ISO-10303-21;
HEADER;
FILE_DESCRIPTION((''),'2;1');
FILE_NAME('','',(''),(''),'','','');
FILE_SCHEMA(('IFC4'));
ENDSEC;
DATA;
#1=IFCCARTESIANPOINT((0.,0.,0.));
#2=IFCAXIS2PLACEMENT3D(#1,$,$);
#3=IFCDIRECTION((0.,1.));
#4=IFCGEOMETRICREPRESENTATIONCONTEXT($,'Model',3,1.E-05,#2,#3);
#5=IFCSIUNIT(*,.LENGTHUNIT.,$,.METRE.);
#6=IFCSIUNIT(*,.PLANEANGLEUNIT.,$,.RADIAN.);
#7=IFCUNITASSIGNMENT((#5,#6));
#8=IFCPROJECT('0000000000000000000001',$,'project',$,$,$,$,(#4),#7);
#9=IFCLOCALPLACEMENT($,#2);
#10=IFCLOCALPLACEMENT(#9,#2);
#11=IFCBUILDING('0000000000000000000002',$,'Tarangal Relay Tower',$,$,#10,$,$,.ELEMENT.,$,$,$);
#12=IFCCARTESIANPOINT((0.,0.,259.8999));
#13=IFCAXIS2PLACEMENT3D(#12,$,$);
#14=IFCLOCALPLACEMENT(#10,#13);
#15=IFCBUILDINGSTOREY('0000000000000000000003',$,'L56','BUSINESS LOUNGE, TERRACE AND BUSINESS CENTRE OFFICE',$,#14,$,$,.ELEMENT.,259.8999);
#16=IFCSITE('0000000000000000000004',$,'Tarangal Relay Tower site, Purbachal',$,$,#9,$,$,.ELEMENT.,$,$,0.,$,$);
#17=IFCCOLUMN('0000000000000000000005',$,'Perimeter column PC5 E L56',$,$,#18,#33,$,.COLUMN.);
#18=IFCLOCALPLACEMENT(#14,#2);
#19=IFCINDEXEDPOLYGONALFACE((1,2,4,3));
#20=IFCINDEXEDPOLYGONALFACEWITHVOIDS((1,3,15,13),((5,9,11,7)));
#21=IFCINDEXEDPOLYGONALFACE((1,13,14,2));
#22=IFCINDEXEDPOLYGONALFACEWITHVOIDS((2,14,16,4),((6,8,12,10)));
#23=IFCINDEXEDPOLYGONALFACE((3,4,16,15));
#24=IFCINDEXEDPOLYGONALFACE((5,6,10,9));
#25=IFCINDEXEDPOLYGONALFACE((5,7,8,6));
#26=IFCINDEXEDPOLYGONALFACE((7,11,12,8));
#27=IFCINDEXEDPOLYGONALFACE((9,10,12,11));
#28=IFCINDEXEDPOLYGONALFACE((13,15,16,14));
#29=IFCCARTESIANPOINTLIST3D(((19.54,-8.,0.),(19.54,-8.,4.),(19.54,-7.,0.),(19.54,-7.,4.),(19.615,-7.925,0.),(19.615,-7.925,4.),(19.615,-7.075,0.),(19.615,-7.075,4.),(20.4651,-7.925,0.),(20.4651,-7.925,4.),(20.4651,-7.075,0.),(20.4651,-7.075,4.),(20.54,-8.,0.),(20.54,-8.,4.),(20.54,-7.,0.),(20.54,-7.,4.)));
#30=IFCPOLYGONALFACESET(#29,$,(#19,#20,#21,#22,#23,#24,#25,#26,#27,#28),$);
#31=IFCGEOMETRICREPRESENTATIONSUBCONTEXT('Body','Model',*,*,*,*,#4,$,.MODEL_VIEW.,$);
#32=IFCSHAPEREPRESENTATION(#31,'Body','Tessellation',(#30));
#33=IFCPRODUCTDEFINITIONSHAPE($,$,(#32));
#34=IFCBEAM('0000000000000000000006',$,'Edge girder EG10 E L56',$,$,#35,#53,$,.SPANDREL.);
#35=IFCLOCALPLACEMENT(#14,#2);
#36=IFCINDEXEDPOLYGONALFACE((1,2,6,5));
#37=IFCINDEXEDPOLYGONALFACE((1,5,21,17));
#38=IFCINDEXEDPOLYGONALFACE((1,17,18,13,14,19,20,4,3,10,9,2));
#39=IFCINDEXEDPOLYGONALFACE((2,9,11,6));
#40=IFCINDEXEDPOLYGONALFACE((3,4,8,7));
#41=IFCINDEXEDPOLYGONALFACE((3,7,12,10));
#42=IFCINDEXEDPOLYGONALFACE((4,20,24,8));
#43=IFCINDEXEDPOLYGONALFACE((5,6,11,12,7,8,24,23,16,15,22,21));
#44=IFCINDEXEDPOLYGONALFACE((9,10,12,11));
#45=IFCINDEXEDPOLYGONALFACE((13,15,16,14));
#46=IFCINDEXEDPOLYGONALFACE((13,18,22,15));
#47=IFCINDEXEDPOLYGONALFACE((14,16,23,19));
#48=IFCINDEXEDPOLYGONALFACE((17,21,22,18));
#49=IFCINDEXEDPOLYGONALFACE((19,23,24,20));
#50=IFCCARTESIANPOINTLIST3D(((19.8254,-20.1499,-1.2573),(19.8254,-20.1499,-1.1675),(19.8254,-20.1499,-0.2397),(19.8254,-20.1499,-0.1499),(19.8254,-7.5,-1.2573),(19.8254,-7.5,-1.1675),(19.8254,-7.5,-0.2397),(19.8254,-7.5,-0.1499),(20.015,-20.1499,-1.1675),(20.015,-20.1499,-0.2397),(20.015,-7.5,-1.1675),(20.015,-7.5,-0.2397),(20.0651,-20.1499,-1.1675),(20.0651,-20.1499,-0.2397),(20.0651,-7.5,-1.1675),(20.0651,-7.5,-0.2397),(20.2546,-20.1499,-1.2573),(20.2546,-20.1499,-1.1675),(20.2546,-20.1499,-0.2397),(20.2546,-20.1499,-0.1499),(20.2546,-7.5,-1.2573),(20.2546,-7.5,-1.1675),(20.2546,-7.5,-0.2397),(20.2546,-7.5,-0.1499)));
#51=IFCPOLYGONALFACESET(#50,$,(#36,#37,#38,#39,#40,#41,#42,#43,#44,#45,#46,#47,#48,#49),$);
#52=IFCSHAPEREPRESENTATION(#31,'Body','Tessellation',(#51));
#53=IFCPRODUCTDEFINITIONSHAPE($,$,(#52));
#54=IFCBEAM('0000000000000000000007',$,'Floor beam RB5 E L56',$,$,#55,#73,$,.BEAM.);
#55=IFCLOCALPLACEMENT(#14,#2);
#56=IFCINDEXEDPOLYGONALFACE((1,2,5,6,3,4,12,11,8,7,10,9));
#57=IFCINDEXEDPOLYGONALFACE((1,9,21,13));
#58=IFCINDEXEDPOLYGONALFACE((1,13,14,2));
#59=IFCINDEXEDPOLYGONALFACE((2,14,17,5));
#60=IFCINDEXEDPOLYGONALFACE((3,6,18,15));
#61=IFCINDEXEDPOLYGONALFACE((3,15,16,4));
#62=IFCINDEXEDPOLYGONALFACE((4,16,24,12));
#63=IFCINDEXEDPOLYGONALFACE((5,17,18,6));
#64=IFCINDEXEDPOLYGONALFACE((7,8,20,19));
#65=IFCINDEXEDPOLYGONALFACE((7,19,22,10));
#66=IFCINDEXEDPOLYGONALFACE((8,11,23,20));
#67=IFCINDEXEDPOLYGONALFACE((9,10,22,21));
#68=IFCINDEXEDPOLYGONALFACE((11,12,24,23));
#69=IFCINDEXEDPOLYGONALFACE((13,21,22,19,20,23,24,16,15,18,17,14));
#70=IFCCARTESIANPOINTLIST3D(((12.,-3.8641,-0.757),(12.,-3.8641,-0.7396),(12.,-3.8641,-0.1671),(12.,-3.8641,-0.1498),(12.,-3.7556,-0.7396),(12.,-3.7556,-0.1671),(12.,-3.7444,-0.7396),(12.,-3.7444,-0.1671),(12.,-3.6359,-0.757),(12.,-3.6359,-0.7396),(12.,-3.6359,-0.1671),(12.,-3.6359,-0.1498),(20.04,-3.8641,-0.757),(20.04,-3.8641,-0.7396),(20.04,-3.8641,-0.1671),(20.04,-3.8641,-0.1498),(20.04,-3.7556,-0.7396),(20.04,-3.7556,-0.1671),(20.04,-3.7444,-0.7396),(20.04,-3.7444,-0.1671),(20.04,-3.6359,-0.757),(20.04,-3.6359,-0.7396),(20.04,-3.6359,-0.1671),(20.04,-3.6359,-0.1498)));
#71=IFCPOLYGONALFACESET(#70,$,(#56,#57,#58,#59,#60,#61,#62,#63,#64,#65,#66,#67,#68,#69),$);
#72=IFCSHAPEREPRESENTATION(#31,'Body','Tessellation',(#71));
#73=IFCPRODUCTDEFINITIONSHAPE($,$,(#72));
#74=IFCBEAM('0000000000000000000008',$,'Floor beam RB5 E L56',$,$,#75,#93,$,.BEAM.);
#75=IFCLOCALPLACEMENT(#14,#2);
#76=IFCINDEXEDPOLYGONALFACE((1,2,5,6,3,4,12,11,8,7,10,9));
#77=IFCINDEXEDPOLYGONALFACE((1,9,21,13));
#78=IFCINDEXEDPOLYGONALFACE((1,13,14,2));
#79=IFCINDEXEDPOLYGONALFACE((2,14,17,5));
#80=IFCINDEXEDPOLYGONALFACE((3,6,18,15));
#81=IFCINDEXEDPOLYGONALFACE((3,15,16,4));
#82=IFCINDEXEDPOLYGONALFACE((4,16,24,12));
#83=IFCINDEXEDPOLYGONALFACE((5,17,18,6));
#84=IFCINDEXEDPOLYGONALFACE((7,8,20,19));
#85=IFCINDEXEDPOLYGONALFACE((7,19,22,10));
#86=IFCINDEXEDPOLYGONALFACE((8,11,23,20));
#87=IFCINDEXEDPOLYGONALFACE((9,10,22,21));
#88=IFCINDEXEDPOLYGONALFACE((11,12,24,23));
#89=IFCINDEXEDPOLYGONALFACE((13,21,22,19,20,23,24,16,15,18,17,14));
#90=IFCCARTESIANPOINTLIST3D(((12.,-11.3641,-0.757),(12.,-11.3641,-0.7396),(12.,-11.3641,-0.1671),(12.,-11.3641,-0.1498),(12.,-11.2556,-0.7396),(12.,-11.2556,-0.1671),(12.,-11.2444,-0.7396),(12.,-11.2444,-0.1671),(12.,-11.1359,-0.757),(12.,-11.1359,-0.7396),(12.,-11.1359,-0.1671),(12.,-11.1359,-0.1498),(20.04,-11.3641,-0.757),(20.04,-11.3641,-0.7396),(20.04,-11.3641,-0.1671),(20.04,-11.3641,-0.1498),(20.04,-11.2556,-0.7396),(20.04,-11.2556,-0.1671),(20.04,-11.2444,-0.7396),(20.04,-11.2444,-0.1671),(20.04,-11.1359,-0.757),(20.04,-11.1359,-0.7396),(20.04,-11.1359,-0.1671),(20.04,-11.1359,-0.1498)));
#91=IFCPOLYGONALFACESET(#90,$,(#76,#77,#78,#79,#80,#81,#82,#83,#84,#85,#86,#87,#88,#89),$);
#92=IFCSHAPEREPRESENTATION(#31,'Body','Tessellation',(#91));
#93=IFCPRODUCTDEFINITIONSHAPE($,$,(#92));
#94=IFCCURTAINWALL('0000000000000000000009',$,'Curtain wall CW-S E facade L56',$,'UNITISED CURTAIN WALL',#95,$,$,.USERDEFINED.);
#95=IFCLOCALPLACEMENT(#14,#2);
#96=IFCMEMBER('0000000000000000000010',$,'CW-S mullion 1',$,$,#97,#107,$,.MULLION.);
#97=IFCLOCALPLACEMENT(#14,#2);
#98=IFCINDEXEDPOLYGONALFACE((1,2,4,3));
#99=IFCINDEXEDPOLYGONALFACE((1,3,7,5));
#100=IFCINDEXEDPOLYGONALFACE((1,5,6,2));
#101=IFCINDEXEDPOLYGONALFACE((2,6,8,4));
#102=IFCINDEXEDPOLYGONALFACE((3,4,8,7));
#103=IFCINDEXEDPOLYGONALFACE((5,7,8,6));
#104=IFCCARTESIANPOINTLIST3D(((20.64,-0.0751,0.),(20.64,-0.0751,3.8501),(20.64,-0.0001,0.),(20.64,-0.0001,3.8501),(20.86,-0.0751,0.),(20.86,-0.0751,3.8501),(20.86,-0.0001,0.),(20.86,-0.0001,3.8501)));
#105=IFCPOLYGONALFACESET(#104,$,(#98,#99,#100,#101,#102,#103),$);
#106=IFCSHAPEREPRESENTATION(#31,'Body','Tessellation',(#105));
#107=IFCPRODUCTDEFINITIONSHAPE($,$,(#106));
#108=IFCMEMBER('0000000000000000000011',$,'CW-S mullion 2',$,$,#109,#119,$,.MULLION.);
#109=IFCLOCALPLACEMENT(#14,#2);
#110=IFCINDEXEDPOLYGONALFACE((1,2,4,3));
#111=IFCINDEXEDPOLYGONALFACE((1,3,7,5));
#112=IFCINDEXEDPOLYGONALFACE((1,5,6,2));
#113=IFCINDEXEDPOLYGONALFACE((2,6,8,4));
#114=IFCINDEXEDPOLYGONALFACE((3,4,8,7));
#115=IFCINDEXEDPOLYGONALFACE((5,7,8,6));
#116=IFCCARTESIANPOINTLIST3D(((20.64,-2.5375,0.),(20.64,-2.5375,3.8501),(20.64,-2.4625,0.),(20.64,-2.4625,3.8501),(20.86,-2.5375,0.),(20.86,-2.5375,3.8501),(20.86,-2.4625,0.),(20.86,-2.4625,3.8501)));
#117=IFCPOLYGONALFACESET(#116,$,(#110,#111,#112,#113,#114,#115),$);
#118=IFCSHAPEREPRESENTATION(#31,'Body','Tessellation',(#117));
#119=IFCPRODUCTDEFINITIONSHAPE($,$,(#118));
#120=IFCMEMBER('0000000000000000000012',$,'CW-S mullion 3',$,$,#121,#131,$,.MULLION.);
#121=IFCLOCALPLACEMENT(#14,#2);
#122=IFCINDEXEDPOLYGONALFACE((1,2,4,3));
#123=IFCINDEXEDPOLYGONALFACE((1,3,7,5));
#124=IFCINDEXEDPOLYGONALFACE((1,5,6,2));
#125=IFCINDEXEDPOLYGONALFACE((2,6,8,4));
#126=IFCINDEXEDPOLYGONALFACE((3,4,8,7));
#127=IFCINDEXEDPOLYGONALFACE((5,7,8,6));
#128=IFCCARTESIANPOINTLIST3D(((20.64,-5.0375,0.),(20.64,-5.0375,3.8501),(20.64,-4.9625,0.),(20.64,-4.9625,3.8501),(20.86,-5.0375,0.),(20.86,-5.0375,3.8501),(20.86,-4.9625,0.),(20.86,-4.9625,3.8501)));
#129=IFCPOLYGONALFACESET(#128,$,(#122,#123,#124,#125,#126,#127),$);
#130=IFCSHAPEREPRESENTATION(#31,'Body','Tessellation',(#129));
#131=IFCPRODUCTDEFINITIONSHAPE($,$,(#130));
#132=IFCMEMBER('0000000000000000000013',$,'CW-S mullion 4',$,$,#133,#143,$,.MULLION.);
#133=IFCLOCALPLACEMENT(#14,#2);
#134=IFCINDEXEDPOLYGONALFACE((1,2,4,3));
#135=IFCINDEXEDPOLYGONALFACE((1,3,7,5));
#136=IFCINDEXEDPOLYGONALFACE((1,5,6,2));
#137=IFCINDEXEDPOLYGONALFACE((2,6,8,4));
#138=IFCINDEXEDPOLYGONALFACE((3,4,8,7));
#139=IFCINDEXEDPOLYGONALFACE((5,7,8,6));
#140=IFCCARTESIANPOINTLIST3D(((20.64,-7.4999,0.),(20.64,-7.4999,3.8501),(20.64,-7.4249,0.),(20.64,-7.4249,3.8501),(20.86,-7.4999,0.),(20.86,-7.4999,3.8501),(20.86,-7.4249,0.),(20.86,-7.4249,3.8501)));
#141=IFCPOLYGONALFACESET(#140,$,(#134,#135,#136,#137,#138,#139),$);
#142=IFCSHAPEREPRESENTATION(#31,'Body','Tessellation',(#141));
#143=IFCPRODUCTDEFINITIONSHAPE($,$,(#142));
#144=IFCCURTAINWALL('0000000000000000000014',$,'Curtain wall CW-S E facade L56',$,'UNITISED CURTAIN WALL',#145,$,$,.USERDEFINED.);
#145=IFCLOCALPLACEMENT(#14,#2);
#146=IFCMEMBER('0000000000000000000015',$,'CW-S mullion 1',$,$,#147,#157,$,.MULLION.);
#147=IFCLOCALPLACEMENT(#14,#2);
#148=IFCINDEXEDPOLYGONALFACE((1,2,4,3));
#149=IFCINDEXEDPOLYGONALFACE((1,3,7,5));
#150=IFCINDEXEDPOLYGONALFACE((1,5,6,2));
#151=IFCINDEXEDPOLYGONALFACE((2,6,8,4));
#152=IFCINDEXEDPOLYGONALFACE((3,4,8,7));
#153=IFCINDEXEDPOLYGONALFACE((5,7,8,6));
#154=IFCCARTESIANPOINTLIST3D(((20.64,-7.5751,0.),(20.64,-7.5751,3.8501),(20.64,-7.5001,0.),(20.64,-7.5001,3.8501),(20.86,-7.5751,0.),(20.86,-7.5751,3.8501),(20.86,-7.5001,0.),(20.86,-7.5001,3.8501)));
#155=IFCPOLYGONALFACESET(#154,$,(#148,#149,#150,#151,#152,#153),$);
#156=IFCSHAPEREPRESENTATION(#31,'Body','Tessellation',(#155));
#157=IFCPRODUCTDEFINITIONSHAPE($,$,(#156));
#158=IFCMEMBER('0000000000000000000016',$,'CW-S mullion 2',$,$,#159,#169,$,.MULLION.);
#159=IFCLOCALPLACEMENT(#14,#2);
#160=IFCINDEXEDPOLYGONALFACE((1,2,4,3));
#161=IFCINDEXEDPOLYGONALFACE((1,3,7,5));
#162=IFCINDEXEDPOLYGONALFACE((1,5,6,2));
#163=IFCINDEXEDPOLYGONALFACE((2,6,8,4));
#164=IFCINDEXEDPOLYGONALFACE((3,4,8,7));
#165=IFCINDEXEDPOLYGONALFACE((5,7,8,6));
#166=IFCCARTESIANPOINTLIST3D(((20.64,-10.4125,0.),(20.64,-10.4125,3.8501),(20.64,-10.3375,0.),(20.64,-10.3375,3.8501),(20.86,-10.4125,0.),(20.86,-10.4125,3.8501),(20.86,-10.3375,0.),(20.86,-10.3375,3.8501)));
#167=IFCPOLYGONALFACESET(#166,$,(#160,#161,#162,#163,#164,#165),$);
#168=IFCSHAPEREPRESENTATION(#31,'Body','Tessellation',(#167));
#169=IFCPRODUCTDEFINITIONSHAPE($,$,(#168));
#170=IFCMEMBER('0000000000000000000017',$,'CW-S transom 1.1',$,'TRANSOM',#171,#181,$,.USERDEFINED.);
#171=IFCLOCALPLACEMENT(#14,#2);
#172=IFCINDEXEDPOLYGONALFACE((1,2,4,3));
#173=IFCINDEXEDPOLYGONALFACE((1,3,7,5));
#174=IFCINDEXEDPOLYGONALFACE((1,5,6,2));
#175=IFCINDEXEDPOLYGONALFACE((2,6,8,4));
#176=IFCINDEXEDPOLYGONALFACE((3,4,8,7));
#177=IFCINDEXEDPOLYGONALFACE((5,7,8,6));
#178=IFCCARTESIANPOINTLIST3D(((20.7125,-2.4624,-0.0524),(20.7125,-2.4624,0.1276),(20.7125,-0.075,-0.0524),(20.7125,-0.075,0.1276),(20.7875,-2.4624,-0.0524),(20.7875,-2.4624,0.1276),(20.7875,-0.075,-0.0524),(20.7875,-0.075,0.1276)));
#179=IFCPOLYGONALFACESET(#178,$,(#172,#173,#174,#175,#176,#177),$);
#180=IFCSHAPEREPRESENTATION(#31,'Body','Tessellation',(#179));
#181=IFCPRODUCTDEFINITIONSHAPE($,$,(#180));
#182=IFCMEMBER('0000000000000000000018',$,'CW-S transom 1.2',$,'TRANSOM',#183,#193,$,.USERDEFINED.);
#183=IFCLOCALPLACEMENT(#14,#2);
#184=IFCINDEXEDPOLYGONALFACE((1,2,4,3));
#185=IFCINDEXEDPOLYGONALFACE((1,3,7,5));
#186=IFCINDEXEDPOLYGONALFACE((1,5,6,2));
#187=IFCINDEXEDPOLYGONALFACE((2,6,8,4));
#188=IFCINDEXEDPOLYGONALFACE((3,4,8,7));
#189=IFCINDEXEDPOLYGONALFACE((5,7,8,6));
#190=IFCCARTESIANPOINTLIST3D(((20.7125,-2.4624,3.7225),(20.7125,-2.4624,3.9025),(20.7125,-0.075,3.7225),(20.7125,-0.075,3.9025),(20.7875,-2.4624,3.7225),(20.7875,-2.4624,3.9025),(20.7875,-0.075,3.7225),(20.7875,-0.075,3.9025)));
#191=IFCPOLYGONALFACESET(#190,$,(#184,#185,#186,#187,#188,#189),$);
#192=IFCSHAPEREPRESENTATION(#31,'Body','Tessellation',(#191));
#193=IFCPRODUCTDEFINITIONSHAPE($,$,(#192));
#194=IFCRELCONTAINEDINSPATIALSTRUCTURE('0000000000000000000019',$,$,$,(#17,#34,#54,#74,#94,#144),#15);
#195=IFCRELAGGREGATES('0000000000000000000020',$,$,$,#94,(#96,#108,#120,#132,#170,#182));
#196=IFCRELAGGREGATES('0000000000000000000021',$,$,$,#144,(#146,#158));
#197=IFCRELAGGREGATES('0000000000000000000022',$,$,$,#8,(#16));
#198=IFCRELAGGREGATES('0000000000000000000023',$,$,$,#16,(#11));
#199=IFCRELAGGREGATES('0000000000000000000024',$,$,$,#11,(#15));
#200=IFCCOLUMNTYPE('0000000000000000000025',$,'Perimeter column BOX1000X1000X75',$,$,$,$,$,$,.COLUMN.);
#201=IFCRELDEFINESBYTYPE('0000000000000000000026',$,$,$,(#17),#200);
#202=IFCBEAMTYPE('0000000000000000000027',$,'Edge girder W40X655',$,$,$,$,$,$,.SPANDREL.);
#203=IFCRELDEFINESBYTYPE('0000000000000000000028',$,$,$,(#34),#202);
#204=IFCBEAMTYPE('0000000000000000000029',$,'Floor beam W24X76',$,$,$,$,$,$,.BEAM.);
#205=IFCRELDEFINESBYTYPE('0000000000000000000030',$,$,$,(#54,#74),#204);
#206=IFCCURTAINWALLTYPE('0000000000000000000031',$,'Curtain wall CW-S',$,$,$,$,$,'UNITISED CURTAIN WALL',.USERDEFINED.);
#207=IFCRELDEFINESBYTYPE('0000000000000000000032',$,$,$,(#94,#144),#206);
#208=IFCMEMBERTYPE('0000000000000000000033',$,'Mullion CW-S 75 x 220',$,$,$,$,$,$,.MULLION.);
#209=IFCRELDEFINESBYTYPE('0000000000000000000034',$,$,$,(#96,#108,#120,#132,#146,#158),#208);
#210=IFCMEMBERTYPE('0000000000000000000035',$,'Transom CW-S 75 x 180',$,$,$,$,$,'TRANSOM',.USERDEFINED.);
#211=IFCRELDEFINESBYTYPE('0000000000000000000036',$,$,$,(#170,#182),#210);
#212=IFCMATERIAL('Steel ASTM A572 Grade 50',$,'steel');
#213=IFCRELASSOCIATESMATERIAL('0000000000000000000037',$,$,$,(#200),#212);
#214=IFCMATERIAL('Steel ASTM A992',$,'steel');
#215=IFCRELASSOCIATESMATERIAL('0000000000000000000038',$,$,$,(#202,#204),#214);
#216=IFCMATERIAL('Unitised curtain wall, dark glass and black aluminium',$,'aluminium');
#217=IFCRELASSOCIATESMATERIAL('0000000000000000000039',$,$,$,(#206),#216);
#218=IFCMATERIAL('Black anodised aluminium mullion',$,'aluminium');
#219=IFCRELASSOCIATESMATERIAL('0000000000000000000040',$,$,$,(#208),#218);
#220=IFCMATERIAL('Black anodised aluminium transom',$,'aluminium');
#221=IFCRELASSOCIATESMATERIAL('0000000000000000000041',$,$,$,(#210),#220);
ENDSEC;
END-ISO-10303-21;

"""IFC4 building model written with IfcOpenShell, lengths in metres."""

from ifc_helpers import new_model, si_unit, direction, frame, origin, origin_2d, place, context, subcontext, project, spatial, rectangle, hollow_rectangle, i_section, extrude, material, material_profile, profile_set, type_object, element, aggregate, save


model = new_model("IFC4")

# Units and contexts
model_context = context("Model", 3, precision=1e-05, world=origin(), true_north=direction((0.0, 1.0)))
body_context = subcontext(model_context, "Body", "Model", "MODEL_VIEW")
ifc_project = project(units=[si_unit("LENGTHUNIT", "METRE"), si_unit("PLANEANGLEUNIT", "RADIAN")], contexts=[model_context])

# Site, building, storey
site_placement = place(None, origin())
site = spatial("IfcSite", under=ifc_project, at=site_placement, Name="Tarangal Relay Tower site, Purbachal", CompositionType="ELEMENT", RefElevation=0.0)
building_placement = place(site_placement, origin())
building = spatial("IfcBuilding", under=site, at=building_placement, Name="Tarangal Relay Tower", CompositionType="ELEMENT")
storey_placement = place(building_placement, frame((0.0, 0.0, 259.8999)))
storey = spatial("IfcBuildingStorey", under=building, at=storey_placement, Name="L56", Description="BUSINESS LOUNGE, TERRACE AND BUSINESS CENTRE OFFICE", CompositionType="ELEMENT", Elevation=259.8999)

# Column
ifc_material_1 = material(Name="Steel ASTM A572 Grade 50", Category="steel")
ifc_material_profile_1 = material_profile(ifc_material_1, hollow_rectangle(XDim=1.0, YDim=1.0, WallThickness=0.075, at=origin_2d()), Name="BOX1000X1000X75")
ifc_profile_set_1 = profile_set([ifc_material_profile_1], Name="Steel ASTM A572 Grade 50")
column_type = type_object("IfcColumnType", Name="Perimeter column BOX1000X1000X75", PredefinedType="COLUMN", material=ifc_profile_set_1)
column_placement = place(storey_placement, frame((20.04, -7.5, 0.0), z_axis=(0.0, 0.0, 1.0), x_axis=(1.0, 0.0, 0.0)))
element("IfcColumn", 1, at=column_placement, inside=storey, type_object=column_type, Name="Perimeter column PC5 E L56", PredefinedType="COLUMN", context=body_context, shape_type="SweptSolid", body=[
    extrude(hollow_rectangle(XDim=1.0, YDim=1.0, WallThickness=0.075, at=origin_2d()), origin(), (0.0, 0.0, 1.0), 4.0),
])

# Beams
ifc_material_2 = material(Name="Steel ASTM A992", Category="steel")
ifc_material_profile_2 = material_profile(ifc_material_2, i_section(OverallWidth=0.4292, OverallDepth=1.1074, WebThickness=0.05, FlangeThickness=0.0898, at=origin_2d()), Name="W40X655")
ifc_profile_set_2 = profile_set([ifc_material_profile_2], Name="Steel ASTM A992")
beam_type_1 = type_object("IfcBeamType", Name="Edge girder W40X655", PredefinedType="SPANDREL", material=ifc_profile_set_2)
beam_placement = place(storey_placement, frame((20.04, -7.5, -0.7036), z_axis=(0.0, -1.0, 0.0), x_axis=(1.0, 0.0, 0.0)))
element("IfcBeam", 2, at=beam_placement, inside=storey, type_object=beam_type_1, Name="Edge girder EG10 E L56", PredefinedType="SPANDREL", context=body_context, shape_type="SweptSolid", body=[
    extrude(i_section(OverallWidth=0.4292, OverallDepth=1.1074, WebThickness=0.05, FlangeThickness=0.0898, at=origin_2d()), origin(), (0.0, 0.0, 1.0), 12.6499),
])
ifc_material_profile_3 = material_profile(ifc_material_2, i_section(OverallWidth=0.2283, OverallDepth=0.6072, WebThickness=0.0112, FlangeThickness=0.0173, at=origin_2d()), Name="W24X76")
ifc_profile_set_3 = profile_set([ifc_material_profile_3], Name="Steel ASTM A992")
beam_type_2 = type_object("IfcBeamType", Name="Floor beam W24X76", PredefinedType="BEAM", material=ifc_profile_set_3)
for number, where, z_axis, x_axis, name in (
    (3, (12.0, -3.75, -0.4534), (1.0, 0.0, 0.0), (0.0, 1.0, 0.0), "Floor beam RB5 E L56"),
    (4, (12.0, -11.25, -0.4534), (1.0, 0.0, 0.0), (0.0, 1.0, 0.0), "Floor beam RB5 E L56"),
):
    element("IfcBeam", number, at=place(storey_placement, frame(where, z_axis=z_axis, x_axis=x_axis)), inside=storey, type_object=beam_type_2, Name=name, PredefinedType="BEAM", context=body_context, shape_type="SweptSolid", body=[
        extrude(i_section(OverallWidth=0.2283, OverallDepth=0.6072, WebThickness=0.0112, FlangeThickness=0.0173, at=origin_2d()), origin(), (0.0, 0.0, 1.0), 8.04),
    ])

# Curtain walls, members
ifc_material_3 = material(Name="Unitised curtain wall, dark glass and black aluminium", Category="aluminium")
curtain_wall_type = type_object("IfcCurtainWallType", Name="Curtain wall CW-S", ElementType="UNITISED CURTAIN WALL", PredefinedType="USERDEFINED", material=ifc_material_3)
curtain_wall_1_placement = place(storey_placement, origin())
curtain_wall_1 = element("IfcCurtainWall", 5, at=curtain_wall_1_placement, inside=storey, type_object=curtain_wall_type, Name="Curtain wall CW-S E facade L56", ObjectType="UNITISED CURTAIN WALL", PredefinedType="USERDEFINED")
ifc_material_4 = material(Name="Black anodised aluminium mullion", Category="aluminium")
ifc_material_profile_4 = material_profile(ifc_material_4, rectangle(XDim=0.22, YDim=0.075, at=origin_2d()), Name="CW-SM 75X220")
ifc_profile_set_4 = profile_set([ifc_material_profile_4], Name="Black anodised aluminium mullion")
member_type_1 = type_object("IfcMemberType", Name="Mullion CW-S 75 x 220", PredefinedType="MULLION", material=ifc_profile_set_4)
member_1_placement = place(storey_placement, frame((20.75, -0.0376, 0.0), z_axis=(0.0, 0.0, 1.0), x_axis=(1.0, 0.0, 0.0)))
member_1 = element("IfcMember", 6, at=member_1_placement, type_object=member_type_1, Name="CW-S mullion 1", PredefinedType="MULLION", context=body_context, shape_type="SweptSolid", body=[
    extrude(rectangle(XDim=0.22, YDim=0.075, at=origin_2d()), origin(), (0.0, 0.0, 1.0), 3.8501),
])
member_2_placement = place(storey_placement, frame((20.75, -2.5, 0.0), z_axis=(0.0, 0.0, 1.0), x_axis=(1.0, 0.0, 0.0)))
member_2 = element("IfcMember", 7, at=member_2_placement, type_object=member_type_1, Name="CW-S mullion 2", PredefinedType="MULLION", context=body_context, shape_type="SweptSolid", body=[
    extrude(rectangle(XDim=0.22, YDim=0.075, at=origin_2d()), origin(), (0.0, 0.0, 1.0), 3.8501),
])
member_3_placement = place(storey_placement, frame((20.75, -5.0, 0.0), z_axis=(0.0, 0.0, 1.0), x_axis=(1.0, 0.0, 0.0)))
member_3 = element("IfcMember", 8, at=member_3_placement, type_object=member_type_1, Name="CW-S mullion 3", PredefinedType="MULLION", context=body_context, shape_type="SweptSolid", body=[
    extrude(rectangle(XDim=0.22, YDim=0.075, at=origin_2d()), origin(), (0.0, 0.0, 1.0), 3.8501),
])
member_4_placement = place(storey_placement, frame((20.75, -7.4624, 0.0), z_axis=(0.0, 0.0, 1.0), x_axis=(1.0, 0.0, 0.0)))
member_4 = element("IfcMember", 9, at=member_4_placement, type_object=member_type_1, Name="CW-S mullion 4", PredefinedType="MULLION", context=body_context, shape_type="SweptSolid", body=[
    extrude(rectangle(XDim=0.22, YDim=0.075, at=origin_2d()), origin(), (0.0, 0.0, 1.0), 3.8501),
])
curtain_wall_2_placement = place(storey_placement, origin())
curtain_wall_2 = element("IfcCurtainWall", 10, at=curtain_wall_2_placement, inside=storey, type_object=curtain_wall_type, Name="Curtain wall CW-S E facade L56", ObjectType="UNITISED CURTAIN WALL", PredefinedType="USERDEFINED")
member_5_placement = place(storey_placement, frame((20.75, -7.5376, 0.0), z_axis=(0.0, 0.0, 1.0), x_axis=(1.0, 0.0, 0.0)))
member_5 = element("IfcMember", 11, at=member_5_placement, type_object=member_type_1, Name="CW-S mullion 1", PredefinedType="MULLION", context=body_context, shape_type="SweptSolid", body=[
    extrude(rectangle(XDim=0.22, YDim=0.075, at=origin_2d()), origin(), (0.0, 0.0, 1.0), 3.8501),
])
member_6_placement = place(storey_placement, frame((20.75, -10.375, 0.0), z_axis=(0.0, 0.0, 1.0), x_axis=(1.0, 0.0, 0.0)))
member_6 = element("IfcMember", 12, at=member_6_placement, type_object=member_type_1, Name="CW-S mullion 2", PredefinedType="MULLION", context=body_context, shape_type="SweptSolid", body=[
    extrude(rectangle(XDim=0.22, YDim=0.075, at=origin_2d()), origin(), (0.0, 0.0, 1.0), 3.8501),
])

# Members
ifc_material_5 = material(Name="Black anodised aluminium transom", Category="aluminium")
ifc_material_profile_5 = material_profile(ifc_material_5, rectangle(XDim=0.075, YDim=0.1799, at=origin_2d()), Name="CW-ST 75X180")
ifc_profile_set_5 = profile_set([ifc_material_profile_5], Name="Black anodised aluminium transom")
member_type_2 = type_object("IfcMemberType", Name="Transom CW-S 75 x 180", ElementType="TRANSOM", PredefinedType="USERDEFINED", material=ifc_profile_set_5)
member_7_placement = place(storey_placement, frame((20.75, -0.075, 0.0376), z_axis=(0.0, -1.0, 0.0), x_axis=(1.0, 0.0, 0.0)))
member_7 = element("IfcMember", 13, at=member_7_placement, type_object=member_type_2, Name="CW-S transom 1.1", ObjectType="TRANSOM", PredefinedType="USERDEFINED", context=body_context, shape_type="SweptSolid", body=[
    extrude(rectangle(XDim=0.075, YDim=0.1799, at=origin_2d()), origin(), (0.0, 0.0, 1.0), 2.3875),
])
member_8_placement = place(storey_placement, frame((20.75, -0.075, 3.8125), z_axis=(0.0, -1.0, 0.0), x_axis=(1.0, 0.0, 0.0)))
member_8 = element("IfcMember", 14, at=member_8_placement, type_object=member_type_2, Name="CW-S transom 1.2", ObjectType="TRANSOM", PredefinedType="USERDEFINED", context=body_context, shape_type="SweptSolid", body=[
    extrude(rectangle(XDim=0.075, YDim=0.1799, at=origin_2d()), origin(), (0.0, 0.0, 1.0), 2.3875),
])

aggregate(curtain_wall_1, [member_1, member_2, member_3, member_4, member_7, member_8])
aggregate(curtain_wall_2, [member_5, member_6])

save(model, "model.ifc")
